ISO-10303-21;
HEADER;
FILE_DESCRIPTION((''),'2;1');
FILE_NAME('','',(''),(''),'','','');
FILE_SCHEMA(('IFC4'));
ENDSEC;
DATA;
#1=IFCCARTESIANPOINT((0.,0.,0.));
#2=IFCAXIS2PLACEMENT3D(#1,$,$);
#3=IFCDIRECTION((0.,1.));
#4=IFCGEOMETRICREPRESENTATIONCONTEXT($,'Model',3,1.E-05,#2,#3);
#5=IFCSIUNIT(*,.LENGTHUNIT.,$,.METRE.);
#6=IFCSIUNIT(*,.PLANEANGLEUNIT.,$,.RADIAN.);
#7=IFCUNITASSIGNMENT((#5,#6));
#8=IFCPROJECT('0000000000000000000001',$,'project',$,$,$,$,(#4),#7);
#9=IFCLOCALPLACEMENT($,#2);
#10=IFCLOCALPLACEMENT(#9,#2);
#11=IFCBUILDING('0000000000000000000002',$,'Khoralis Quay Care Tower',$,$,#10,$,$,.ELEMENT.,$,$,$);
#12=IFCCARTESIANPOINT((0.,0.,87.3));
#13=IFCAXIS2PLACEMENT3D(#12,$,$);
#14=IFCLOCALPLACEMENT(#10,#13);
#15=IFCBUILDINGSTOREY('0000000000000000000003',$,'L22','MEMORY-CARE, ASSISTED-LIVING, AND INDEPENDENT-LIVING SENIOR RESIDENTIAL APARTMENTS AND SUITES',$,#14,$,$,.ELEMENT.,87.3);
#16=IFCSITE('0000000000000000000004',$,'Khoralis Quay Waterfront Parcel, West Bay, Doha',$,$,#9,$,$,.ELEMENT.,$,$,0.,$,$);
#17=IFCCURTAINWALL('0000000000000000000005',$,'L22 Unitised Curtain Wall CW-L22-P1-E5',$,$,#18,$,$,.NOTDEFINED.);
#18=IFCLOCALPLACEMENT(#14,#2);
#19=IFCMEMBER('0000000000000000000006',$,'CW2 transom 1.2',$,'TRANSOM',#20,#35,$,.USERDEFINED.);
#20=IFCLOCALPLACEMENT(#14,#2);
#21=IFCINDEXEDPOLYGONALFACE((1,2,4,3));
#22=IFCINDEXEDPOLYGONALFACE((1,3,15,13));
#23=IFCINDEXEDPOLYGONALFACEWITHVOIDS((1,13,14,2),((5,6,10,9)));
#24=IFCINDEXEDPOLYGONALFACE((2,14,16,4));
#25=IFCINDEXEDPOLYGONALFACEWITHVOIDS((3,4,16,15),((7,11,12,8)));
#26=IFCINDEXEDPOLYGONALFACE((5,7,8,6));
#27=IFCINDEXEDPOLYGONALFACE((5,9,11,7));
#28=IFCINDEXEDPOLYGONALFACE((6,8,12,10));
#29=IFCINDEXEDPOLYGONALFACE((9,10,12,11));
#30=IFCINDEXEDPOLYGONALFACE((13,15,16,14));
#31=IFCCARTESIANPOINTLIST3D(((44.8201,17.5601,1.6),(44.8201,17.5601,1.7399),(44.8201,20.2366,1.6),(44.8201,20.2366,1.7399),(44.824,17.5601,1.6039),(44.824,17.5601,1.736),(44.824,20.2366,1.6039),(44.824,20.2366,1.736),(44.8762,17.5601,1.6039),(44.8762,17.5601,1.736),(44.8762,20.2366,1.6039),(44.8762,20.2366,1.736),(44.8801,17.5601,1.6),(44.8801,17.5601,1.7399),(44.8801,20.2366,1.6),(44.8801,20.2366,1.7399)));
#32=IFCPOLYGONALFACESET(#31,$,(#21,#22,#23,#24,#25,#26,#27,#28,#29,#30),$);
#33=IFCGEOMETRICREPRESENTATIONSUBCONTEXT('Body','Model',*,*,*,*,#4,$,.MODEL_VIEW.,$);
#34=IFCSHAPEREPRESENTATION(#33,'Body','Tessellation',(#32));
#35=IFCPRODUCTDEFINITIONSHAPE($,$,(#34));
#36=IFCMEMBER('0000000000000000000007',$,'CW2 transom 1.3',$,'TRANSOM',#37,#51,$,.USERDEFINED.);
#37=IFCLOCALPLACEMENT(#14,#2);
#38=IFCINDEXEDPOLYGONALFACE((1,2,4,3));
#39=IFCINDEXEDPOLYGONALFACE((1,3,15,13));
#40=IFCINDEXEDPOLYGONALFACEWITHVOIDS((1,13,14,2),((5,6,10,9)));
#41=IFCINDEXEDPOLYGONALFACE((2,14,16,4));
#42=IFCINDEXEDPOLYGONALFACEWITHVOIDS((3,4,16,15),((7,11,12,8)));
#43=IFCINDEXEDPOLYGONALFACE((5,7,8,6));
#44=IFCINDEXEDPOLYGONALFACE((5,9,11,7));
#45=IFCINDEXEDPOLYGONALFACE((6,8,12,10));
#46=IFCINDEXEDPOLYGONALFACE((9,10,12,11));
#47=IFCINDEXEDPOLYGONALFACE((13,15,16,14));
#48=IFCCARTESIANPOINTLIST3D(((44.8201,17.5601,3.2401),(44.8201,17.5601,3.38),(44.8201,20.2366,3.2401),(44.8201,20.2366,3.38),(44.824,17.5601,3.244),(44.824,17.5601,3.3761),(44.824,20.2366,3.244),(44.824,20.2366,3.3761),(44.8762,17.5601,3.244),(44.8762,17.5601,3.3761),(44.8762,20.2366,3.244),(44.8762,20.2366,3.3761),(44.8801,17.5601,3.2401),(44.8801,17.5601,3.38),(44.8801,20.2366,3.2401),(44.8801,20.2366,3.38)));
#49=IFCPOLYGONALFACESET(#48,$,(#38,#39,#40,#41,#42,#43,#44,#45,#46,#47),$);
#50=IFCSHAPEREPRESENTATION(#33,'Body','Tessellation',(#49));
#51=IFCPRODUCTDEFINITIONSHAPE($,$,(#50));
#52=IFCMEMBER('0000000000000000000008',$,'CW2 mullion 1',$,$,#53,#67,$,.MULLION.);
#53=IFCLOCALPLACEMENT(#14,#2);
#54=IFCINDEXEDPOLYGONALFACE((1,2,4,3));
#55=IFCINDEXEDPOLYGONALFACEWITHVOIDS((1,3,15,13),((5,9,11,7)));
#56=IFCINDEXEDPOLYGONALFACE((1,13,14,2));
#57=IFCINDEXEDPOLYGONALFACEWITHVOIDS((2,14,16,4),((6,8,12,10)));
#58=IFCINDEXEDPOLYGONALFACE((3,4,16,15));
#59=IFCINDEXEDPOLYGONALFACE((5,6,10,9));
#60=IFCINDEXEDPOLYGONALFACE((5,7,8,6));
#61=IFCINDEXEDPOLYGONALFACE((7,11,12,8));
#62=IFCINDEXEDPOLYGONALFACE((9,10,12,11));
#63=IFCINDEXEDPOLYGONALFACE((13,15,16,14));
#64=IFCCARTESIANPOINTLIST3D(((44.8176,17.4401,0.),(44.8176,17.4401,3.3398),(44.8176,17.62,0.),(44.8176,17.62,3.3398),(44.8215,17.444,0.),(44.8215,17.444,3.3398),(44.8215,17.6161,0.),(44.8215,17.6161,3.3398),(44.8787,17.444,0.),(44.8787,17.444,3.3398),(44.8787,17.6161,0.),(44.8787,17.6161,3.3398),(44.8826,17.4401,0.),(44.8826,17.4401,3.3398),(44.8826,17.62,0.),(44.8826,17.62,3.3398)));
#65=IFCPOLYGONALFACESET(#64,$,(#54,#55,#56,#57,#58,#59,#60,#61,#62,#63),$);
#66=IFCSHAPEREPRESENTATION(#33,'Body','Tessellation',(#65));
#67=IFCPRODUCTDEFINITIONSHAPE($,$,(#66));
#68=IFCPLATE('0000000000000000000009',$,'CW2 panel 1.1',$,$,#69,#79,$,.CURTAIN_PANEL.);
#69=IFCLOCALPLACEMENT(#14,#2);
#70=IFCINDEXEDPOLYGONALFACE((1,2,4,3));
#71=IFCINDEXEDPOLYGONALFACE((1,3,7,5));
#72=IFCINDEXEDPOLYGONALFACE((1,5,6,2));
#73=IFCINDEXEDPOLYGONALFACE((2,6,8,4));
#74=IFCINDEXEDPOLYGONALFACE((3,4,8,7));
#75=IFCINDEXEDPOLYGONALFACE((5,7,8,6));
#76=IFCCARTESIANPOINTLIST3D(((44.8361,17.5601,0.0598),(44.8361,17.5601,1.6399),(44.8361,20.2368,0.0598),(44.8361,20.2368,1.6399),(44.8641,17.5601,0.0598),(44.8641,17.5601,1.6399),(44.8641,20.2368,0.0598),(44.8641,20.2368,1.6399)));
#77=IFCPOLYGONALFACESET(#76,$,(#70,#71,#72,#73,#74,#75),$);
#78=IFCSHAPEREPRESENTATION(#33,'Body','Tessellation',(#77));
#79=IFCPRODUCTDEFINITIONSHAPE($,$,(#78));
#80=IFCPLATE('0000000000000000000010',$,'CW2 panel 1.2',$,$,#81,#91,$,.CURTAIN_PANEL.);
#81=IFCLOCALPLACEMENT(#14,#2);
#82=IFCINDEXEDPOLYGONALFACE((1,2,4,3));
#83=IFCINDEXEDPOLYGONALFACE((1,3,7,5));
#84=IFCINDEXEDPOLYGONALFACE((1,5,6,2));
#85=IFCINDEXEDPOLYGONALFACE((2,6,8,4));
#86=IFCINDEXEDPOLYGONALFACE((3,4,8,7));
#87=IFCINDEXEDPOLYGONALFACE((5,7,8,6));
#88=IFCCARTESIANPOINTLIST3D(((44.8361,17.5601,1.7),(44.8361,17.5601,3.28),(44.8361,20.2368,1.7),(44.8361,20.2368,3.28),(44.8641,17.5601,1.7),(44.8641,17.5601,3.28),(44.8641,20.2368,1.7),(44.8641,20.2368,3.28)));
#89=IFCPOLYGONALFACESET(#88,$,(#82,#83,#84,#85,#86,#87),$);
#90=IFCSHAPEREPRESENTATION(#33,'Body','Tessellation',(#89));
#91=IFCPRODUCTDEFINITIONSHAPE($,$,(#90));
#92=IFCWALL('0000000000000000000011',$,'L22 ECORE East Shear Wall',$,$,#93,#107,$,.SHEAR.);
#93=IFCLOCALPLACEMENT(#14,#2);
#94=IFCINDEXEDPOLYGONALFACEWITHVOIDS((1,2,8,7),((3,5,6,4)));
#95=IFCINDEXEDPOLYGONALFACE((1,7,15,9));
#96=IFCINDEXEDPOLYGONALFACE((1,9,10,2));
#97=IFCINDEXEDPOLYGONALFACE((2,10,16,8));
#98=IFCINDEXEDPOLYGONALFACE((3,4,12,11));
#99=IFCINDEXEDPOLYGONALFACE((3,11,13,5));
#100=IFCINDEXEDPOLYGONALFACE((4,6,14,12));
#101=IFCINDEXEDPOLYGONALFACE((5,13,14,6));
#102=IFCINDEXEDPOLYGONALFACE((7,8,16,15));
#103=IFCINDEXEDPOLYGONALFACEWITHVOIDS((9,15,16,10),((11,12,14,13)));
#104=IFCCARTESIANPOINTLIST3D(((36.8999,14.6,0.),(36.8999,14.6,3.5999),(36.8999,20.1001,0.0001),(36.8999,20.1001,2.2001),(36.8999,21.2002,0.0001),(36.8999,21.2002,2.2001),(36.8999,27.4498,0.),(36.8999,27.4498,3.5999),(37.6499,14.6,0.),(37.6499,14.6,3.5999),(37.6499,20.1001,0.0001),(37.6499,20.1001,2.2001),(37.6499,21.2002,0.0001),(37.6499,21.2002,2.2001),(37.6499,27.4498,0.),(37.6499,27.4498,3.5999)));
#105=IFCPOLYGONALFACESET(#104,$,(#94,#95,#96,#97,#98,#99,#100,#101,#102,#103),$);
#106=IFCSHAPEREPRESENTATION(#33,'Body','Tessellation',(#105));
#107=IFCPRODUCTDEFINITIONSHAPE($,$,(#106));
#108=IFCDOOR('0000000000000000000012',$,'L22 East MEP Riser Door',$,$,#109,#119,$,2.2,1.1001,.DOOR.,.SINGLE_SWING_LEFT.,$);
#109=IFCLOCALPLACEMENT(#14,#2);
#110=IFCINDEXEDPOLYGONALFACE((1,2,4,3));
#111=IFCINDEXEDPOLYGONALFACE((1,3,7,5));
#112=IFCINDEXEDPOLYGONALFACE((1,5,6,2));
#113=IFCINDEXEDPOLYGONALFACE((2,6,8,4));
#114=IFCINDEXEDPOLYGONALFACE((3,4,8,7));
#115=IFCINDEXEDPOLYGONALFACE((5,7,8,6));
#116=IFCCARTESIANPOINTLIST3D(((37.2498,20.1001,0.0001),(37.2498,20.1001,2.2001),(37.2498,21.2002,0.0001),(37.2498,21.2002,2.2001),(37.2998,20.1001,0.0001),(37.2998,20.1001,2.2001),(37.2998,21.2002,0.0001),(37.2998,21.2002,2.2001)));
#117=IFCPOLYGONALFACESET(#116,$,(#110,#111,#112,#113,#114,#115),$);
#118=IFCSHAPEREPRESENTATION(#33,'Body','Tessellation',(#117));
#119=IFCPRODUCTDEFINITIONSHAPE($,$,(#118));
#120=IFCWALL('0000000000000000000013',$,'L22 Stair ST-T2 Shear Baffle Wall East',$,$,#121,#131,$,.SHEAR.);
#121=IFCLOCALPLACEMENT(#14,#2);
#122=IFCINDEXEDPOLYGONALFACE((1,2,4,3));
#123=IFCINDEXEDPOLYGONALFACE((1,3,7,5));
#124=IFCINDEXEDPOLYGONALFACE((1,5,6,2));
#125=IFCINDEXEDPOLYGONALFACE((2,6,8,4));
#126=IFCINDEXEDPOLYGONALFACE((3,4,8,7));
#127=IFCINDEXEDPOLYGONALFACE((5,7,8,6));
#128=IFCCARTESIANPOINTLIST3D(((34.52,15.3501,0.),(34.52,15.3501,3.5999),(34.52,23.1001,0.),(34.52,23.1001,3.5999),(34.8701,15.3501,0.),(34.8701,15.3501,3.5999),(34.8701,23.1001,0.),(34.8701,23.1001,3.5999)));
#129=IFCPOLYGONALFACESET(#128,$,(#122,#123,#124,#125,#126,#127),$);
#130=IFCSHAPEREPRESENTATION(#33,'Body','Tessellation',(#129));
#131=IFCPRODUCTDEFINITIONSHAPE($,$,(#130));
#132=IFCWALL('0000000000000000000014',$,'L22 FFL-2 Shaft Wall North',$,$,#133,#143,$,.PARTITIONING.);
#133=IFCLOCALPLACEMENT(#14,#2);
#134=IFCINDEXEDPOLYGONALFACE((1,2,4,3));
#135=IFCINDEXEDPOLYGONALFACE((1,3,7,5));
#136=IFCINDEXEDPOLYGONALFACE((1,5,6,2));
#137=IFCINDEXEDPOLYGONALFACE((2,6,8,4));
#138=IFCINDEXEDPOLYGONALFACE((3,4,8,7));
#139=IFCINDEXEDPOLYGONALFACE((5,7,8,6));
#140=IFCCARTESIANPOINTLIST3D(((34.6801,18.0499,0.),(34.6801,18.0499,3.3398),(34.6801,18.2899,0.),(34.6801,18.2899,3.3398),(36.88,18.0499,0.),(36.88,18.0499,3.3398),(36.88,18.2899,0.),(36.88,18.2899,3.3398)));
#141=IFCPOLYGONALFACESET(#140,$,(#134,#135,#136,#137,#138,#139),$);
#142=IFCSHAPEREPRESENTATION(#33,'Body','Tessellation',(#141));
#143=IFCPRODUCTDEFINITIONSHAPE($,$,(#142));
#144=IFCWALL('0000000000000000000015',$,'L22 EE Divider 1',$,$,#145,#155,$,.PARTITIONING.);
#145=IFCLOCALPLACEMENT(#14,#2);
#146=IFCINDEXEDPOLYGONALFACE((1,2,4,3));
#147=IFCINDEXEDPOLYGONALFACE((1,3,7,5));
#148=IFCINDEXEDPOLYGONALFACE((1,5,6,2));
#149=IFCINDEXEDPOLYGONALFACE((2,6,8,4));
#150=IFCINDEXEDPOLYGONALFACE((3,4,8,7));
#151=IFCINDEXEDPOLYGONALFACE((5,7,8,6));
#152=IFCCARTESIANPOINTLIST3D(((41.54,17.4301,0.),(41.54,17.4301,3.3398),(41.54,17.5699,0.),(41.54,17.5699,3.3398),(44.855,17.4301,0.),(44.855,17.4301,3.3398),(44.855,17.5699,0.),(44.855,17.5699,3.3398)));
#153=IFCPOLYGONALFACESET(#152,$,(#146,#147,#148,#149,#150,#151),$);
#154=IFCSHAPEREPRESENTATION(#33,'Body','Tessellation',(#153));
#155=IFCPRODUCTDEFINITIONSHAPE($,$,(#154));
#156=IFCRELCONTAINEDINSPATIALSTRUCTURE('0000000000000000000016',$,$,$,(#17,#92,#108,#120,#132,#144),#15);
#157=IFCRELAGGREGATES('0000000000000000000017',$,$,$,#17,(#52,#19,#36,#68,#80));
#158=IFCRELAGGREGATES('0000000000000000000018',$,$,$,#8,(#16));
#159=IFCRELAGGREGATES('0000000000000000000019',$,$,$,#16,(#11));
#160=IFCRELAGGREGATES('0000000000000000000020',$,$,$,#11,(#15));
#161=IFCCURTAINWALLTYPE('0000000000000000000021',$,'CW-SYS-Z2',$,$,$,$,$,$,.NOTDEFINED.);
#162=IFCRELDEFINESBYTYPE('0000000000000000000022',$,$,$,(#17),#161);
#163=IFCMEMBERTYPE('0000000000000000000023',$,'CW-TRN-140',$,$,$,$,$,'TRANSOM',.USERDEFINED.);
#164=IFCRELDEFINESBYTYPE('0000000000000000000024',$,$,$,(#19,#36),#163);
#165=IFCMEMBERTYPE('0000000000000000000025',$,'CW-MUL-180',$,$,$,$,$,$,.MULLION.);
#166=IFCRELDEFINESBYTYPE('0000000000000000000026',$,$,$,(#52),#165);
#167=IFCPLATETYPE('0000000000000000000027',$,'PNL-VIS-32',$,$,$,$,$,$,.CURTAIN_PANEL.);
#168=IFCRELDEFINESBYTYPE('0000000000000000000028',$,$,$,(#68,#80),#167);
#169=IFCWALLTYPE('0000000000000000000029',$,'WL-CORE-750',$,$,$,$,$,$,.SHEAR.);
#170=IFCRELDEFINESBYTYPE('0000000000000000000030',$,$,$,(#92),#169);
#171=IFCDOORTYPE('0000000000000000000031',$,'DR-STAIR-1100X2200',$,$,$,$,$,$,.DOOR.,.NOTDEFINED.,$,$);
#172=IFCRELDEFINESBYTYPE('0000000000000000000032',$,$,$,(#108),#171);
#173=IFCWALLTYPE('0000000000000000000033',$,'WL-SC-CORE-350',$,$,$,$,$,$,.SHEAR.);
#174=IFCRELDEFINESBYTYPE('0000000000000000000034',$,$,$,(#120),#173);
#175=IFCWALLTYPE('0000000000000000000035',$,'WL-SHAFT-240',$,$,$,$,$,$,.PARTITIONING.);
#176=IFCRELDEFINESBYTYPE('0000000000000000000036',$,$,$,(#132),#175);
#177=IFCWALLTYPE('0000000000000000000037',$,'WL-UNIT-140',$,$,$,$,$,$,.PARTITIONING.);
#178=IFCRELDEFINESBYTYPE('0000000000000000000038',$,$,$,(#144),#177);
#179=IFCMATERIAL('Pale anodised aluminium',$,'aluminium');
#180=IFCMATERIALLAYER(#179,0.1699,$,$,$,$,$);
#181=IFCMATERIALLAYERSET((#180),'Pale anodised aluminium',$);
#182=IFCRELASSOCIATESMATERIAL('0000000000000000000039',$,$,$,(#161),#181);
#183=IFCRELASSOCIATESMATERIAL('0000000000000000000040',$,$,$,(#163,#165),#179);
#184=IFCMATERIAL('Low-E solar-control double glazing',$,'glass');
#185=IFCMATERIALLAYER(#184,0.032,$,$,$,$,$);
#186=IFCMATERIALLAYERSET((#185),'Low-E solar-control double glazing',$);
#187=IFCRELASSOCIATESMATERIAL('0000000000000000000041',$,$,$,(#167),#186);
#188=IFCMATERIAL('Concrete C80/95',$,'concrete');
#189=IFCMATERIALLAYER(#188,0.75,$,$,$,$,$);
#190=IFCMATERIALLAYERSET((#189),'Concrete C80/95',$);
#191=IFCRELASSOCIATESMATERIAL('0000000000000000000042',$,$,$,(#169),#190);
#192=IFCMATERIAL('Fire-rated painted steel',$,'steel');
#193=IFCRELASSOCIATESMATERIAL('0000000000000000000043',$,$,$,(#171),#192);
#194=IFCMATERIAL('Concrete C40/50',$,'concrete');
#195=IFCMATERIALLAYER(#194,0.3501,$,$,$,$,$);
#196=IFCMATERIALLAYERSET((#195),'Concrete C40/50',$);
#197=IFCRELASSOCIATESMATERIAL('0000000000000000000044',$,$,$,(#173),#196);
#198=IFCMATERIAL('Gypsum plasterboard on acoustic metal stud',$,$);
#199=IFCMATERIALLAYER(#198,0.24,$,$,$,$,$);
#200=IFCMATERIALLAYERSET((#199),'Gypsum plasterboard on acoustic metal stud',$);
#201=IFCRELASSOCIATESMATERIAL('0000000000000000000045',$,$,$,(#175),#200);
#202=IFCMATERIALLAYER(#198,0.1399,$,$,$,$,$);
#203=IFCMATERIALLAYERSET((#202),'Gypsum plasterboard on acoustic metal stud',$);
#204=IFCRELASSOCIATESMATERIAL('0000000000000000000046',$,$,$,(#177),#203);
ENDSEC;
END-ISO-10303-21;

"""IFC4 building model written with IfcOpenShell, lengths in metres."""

from ifc_helpers import new_model, si_unit, direction, frame, frame_2d, origin, origin_2d, place, context, subcontext, project, spatial, rectangle, hollow_rectangle, extrude, source, transform, mapped, material, layer, layer_set, material_profile, profile_set, type_object, element, fill, aggregate, save


model = new_model("IFC4")

# Units and contexts
model_context = context("Model", 3, precision=1e-05, world=origin(), true_north=direction((0.0, 1.0)))
body_context = subcontext(model_context, "Body", "Model", "MODEL_VIEW")
ifc_project = project(units=[si_unit("LENGTHUNIT", "METRE"), si_unit("PLANEANGLEUNIT", "RADIAN")], contexts=[model_context])

# Site, building, storey
site_placement = place(None, origin())
site = spatial("IfcSite", under=ifc_project, at=site_placement, Name="Khoralis Quay Waterfront Parcel, West Bay, Doha", CompositionType="ELEMENT", RefElevation=0.0)
building_placement = place(site_placement, origin())
building = spatial("IfcBuilding", under=site, at=building_placement, Name="Khoralis Quay Care Tower", CompositionType="ELEMENT")
storey_placement = place(building_placement, frame((0.0, 0.0, 87.3)))
storey = spatial("IfcBuildingStorey", under=building, at=storey_placement, Name="L22", Description="MEMORY-CARE, ASSISTED-LIVING, AND INDEPENDENT-LIVING SENIOR RESIDENTIAL APARTMENTS AND SUITES", CompositionType="ELEMENT", Elevation=87.3)

# Curtain wall, members, plates
ifc_material_1 = material(Name="Pale anodised aluminium", Category="aluminium")
ifc_layer_1 = layer(ifc_material_1, 0.1699)
ifc_layer_set_1 = layer_set([ifc_layer_1], Name="Pale anodised aluminium")
curtain_wall_type = type_object("IfcCurtainWallType", Name="CW-SYS-Z2", PredefinedType="NOTDEFINED", material=ifc_layer_set_1)
curtain_wall_placement = place(storey_placement, origin())
curtain_wall = element("IfcCurtainWall", 1, at=curtain_wall_placement, inside=storey, type_object=curtain_wall_type, Name="L22 Unitised Curtain Wall CW-L22-P1-E5", PredefinedType="NOTDEFINED")
ifc_material_profile_1 = material_profile(ifc_material_1, hollow_rectangle(XDim=0.0601, YDim=0.1399, WallThickness=0.0039, at=origin_2d()), Name="Pale anodised aluminium")
ifc_profile_set_1 = profile_set([ifc_material_profile_1], Name="Pale anodised aluminium")
member_type_1 = type_object("IfcMemberType", Name="CW-TRN-140", ElementType="TRANSOM", PredefinedType="USERDEFINED", material=ifc_profile_set_1)
shared_shape_1 = source(origin(), body_context, "Body", "SweptSolid", [
    extrude(hollow_rectangle(XDim=0.0601, YDim=0.1399, WallThickness=0.0039, at=origin_2d()), origin(), (0.0, 0.0, 1.0), 2.6765),
])
member_1_placement = place(storey_placement, frame((44.8501, 17.5601, 1.6699), z_axis=(0.0, 1.0, 0.0), x_axis=(-1.0, 0.0, 0.0)))
member_1 = element("IfcMember", 2, at=member_1_placement, type_object=member_type_1, Name="CW2 transom 1.2", ObjectType="TRANSOM", PredefinedType="USERDEFINED", context=body_context, shape_type="MappedRepresentation", body=[
    mapped(shared_shape_1, transform((0.0, 0.0, 0.0), scale=1.0)),
])
member_2_placement = place(storey_placement, frame((44.8501, 17.5601, 3.3101), z_axis=(0.0, 1.0, 0.0), x_axis=(-1.0, 0.0, 0.0)))
member_2 = element("IfcMember", 3, at=member_2_placement, type_object=member_type_1, Name="CW2 transom 1.3", ObjectType="TRANSOM", PredefinedType="USERDEFINED", context=body_context, shape_type="MappedRepresentation", body=[
    mapped(shared_shape_1, transform((0.0, 0.0, 0.0), scale=1.0)),
])
ifc_material_profile_2 = material_profile(ifc_material_1, hollow_rectangle(XDim=0.0649, YDim=0.1799, WallThickness=0.0039, at=origin_2d()), Name="Pale anodised aluminium")
ifc_profile_set_2 = profile_set([ifc_material_profile_2], Name="Pale anodised aluminium")
member_type_2 = type_object("IfcMemberType", Name="CW-MUL-180", PredefinedType="MULLION", material=ifc_profile_set_2)
shared_shape_2 = source(origin(), body_context, "Body", "SweptSolid", [
    extrude(hollow_rectangle(XDim=0.0649, YDim=0.1799, WallThickness=0.0039, at=origin_2d()), origin(), (0.0, 0.0, 1.0), 3.3398),
])
member_3_placement = place(storey_placement, frame((44.8501, 17.53, 0.0), z_axis=(0.0, 0.0, 1.0), x_axis=(-1.0, 0.0, 0.0)))
member_3 = element("IfcMember", 4, at=member_3_placement, type_object=member_type_2, Name="CW2 mullion 1", PredefinedType="MULLION", context=body_context, shape_type="MappedRepresentation", body=[
    mapped(shared_shape_2, transform((0.0, 0.0, 0.0), scale=1.0)),
])
ifc_material_2 = material(Name="Low-E solar-control double glazing", Category="glass")
ifc_layer_2 = layer(ifc_material_2, 0.032)
ifc_layer_set_2 = layer_set([ifc_layer_2], Name="Low-E solar-control double glazing")
plate_type = type_object("IfcPlateType", Name="PNL-VIS-32", PredefinedType="CURTAIN_PANEL", material=ifc_layer_set_2)
shared_shape_3 = source(origin(), body_context, "Body", "SweptSolid", [
    extrude(rectangle(XDim=2.6768, YDim=0.0281, at=origin_2d()), origin(), (0.0, 0.0, 1.0), 1.5801),
])
plate_1_placement = place(storey_placement, frame((44.8501, 18.8984, 0.0598), z_axis=(0.0, 0.0, 1.0), x_axis=(0.0, 1.0, 0.0)))
plate_1 = element("IfcPlate", 5, at=plate_1_placement, type_object=plate_type, Name="CW2 panel 1.1", PredefinedType="CURTAIN_PANEL", context=body_context, shape_type="MappedRepresentation", body=[
    mapped(shared_shape_3, transform((0.0, 0.0, 0.0), scale=1.0)),
])
plate_2_placement = place(storey_placement, frame((44.8501, 18.8984, 1.7), z_axis=(0.0, 0.0, 1.0), x_axis=(0.0, 1.0, 0.0)))
plate_2 = element("IfcPlate", 6, at=plate_2_placement, type_object=plate_type, Name="CW2 panel 1.2", PredefinedType="CURTAIN_PANEL", context=body_context, shape_type="MappedRepresentation", body=[
    mapped(shared_shape_3, transform((0.0, 0.0, 0.0), scale=1.0)),
])
aggregate(curtain_wall, [member_3, member_1, member_2, plate_1, plate_2])

# Wall, opening, door
ifc_material_3 = material(Name="Concrete C80/95", Category="concrete")
ifc_layer_3 = layer(ifc_material_3, 0.75)
ifc_layer_set_3 = layer_set([ifc_layer_3], Name="Concrete C80/95")
wall_type_1 = type_object("IfcWallType", Name="WL-CORE-750", PredefinedType="SHEAR", material=ifc_layer_set_3)
wall_1_placement = place(storey_placement, frame((37.2749, 14.6001, 0.0), z_axis=(0.0, 0.0, 1.0), x_axis=(0.0, 1.0, 0.0)))
wall_1 = element("IfcWall", 7, at=wall_1_placement, inside=storey, type_object=wall_type_1, Name="L22 ECORE East Shear Wall", PredefinedType="SHEAR", context=body_context, shape_type="SweptSolid", body=[
    extrude(rectangle(XDim=12.8499, YDim=0.75, at=frame_2d((6.4248, 0.0))), origin(), (0.0, 0.0, 1.0), 3.5999),
])
opening_placement = place(wall_1_placement, frame((5.5, 0.0, 0.0)))
opening = element("IfcOpeningElement", 8, at=opening_placement, cuts=wall_1, PredefinedType="OPENING", context=body_context, shape_type="SweptSolid", body=[
    extrude(rectangle(XDim=1.1001, YDim=2.2, at=frame_2d((0.55, 1.1001))), frame((0.0, 0.385, 0.0), z_axis=(0.0, -1.0, 0.0), x_axis=(1.0, 0.0, 0.0)), (0.0, 0.0, 1.0), 0.77),
])
ifc_material_4 = material(Name="Fire-rated painted steel", Category="steel")
door_type = type_object("IfcDoorType", Name="DR-STAIR-1100X2200", OperationType="NOTDEFINED", PredefinedType="DOOR", material=ifc_material_4)
shared_shape_4 = source(origin(), body_context, "Body", "SweptSolid", [
    extrude(rectangle(XDim=1.1001, YDim=2.2, at=frame_2d((0.55, 1.1001))), frame((0.0, 0.0249, 0.0), z_axis=(0.0, -1.0, 0.0), x_axis=(1.0, 0.0, 0.0)), (0.0, 0.0, 1.0), 0.05),
])
door_placement = place(opening_placement, frame((1.1001, 0.0, 0.0), z_axis=(0.0, 0.0, 1.0), x_axis=(-1.0, 0.0, 0.0)))
door = element("IfcDoor", 9, at=door_placement, inside=storey, type_object=door_type, Name="L22 East MEP Riser Door", OperationType="SINGLE_SWING_LEFT", OverallHeight=2.2, OverallWidth=1.1001, PredefinedType="DOOR", context=body_context, shape_type="MappedRepresentation", body=[
    mapped(shared_shape_4, transform((0.0, 0.0, 0.0), scale=1.0)),
])
fill(opening, door)

# Walls
ifc_material_5 = material(Name="Concrete C40/50", Category="concrete")
ifc_layer_4 = layer(ifc_material_5, 0.3501)
ifc_layer_set_4 = layer_set([ifc_layer_4], Name="Concrete C40/50")
wall_type_2 = type_object("IfcWallType", Name="WL-SC-CORE-350", PredefinedType="SHEAR", material=ifc_layer_set_4)
wall_2_placement = place(storey_placement, frame((34.6951, 15.3501, 0.0), z_axis=(0.0, 0.0, 1.0), x_axis=(0.0, 1.0, 0.0)))
element("IfcWall", 10, at=wall_2_placement, inside=storey, type_object=wall_type_2, Name="L22 Stair ST-T2 Shear Baffle Wall East", PredefinedType="SHEAR", context=body_context, shape_type="SweptSolid", body=[
    extrude(rectangle(XDim=7.75, YDim=0.3501, at=frame_2d((3.875, 0.0))), origin(), (0.0, 0.0, 1.0), 3.5999),
])
ifc_material_6 = material(Name="Gypsum plasterboard on acoustic metal stud")
ifc_layer_5 = layer(ifc_material_6, 0.24)
ifc_layer_set_5 = layer_set([ifc_layer_5], Name="Gypsum plasterboard on acoustic metal stud")
wall_type_3 = type_object("IfcWallType", Name="WL-SHAFT-240", PredefinedType="PARTITIONING", material=ifc_layer_set_5)
wall_3_placement = place(storey_placement, frame((34.6799, 18.1699, 0.0), z_axis=(0.0, 0.0, 1.0), x_axis=(1.0, 0.0, 0.0)))
element("IfcWall", 11, at=wall_3_placement, inside=storey, type_object=wall_type_3, Name="L22 FFL-2 Shaft Wall North", PredefinedType="PARTITIONING", context=body_context, shape_type="SweptSolid", body=[
    extrude(rectangle(XDim=2.2, YDim=0.24, at=frame_2d((1.1001, 0.0))), origin(), (0.0, 0.0, 1.0), 3.3398),
])
ifc_layer_6 = layer(ifc_material_6, 0.1399)
ifc_layer_set_6 = layer_set([ifc_layer_6], Name="Gypsum plasterboard on acoustic metal stud")
wall_type_4 = type_object("IfcWallType", Name="WL-UNIT-140", PredefinedType="PARTITIONING", material=ifc_layer_set_6)
wall_4_placement = place(storey_placement, frame((41.54, 17.5, 0.0), z_axis=(0.0, 0.0, 1.0), x_axis=(1.0, 0.0, 0.0)))
element("IfcWall", 12, at=wall_4_placement, inside=storey, type_object=wall_type_4, Name="L22 EE Divider 1", PredefinedType="PARTITIONING", context=body_context, shape_type="SweptSolid", body=[
    extrude(rectangle(XDim=3.3149, YDim=0.1399, at=frame_2d((1.6575, 0.0))), origin(), (0.0, 0.0, 1.0), 3.3398),
])

save(model, "model.ifc")
